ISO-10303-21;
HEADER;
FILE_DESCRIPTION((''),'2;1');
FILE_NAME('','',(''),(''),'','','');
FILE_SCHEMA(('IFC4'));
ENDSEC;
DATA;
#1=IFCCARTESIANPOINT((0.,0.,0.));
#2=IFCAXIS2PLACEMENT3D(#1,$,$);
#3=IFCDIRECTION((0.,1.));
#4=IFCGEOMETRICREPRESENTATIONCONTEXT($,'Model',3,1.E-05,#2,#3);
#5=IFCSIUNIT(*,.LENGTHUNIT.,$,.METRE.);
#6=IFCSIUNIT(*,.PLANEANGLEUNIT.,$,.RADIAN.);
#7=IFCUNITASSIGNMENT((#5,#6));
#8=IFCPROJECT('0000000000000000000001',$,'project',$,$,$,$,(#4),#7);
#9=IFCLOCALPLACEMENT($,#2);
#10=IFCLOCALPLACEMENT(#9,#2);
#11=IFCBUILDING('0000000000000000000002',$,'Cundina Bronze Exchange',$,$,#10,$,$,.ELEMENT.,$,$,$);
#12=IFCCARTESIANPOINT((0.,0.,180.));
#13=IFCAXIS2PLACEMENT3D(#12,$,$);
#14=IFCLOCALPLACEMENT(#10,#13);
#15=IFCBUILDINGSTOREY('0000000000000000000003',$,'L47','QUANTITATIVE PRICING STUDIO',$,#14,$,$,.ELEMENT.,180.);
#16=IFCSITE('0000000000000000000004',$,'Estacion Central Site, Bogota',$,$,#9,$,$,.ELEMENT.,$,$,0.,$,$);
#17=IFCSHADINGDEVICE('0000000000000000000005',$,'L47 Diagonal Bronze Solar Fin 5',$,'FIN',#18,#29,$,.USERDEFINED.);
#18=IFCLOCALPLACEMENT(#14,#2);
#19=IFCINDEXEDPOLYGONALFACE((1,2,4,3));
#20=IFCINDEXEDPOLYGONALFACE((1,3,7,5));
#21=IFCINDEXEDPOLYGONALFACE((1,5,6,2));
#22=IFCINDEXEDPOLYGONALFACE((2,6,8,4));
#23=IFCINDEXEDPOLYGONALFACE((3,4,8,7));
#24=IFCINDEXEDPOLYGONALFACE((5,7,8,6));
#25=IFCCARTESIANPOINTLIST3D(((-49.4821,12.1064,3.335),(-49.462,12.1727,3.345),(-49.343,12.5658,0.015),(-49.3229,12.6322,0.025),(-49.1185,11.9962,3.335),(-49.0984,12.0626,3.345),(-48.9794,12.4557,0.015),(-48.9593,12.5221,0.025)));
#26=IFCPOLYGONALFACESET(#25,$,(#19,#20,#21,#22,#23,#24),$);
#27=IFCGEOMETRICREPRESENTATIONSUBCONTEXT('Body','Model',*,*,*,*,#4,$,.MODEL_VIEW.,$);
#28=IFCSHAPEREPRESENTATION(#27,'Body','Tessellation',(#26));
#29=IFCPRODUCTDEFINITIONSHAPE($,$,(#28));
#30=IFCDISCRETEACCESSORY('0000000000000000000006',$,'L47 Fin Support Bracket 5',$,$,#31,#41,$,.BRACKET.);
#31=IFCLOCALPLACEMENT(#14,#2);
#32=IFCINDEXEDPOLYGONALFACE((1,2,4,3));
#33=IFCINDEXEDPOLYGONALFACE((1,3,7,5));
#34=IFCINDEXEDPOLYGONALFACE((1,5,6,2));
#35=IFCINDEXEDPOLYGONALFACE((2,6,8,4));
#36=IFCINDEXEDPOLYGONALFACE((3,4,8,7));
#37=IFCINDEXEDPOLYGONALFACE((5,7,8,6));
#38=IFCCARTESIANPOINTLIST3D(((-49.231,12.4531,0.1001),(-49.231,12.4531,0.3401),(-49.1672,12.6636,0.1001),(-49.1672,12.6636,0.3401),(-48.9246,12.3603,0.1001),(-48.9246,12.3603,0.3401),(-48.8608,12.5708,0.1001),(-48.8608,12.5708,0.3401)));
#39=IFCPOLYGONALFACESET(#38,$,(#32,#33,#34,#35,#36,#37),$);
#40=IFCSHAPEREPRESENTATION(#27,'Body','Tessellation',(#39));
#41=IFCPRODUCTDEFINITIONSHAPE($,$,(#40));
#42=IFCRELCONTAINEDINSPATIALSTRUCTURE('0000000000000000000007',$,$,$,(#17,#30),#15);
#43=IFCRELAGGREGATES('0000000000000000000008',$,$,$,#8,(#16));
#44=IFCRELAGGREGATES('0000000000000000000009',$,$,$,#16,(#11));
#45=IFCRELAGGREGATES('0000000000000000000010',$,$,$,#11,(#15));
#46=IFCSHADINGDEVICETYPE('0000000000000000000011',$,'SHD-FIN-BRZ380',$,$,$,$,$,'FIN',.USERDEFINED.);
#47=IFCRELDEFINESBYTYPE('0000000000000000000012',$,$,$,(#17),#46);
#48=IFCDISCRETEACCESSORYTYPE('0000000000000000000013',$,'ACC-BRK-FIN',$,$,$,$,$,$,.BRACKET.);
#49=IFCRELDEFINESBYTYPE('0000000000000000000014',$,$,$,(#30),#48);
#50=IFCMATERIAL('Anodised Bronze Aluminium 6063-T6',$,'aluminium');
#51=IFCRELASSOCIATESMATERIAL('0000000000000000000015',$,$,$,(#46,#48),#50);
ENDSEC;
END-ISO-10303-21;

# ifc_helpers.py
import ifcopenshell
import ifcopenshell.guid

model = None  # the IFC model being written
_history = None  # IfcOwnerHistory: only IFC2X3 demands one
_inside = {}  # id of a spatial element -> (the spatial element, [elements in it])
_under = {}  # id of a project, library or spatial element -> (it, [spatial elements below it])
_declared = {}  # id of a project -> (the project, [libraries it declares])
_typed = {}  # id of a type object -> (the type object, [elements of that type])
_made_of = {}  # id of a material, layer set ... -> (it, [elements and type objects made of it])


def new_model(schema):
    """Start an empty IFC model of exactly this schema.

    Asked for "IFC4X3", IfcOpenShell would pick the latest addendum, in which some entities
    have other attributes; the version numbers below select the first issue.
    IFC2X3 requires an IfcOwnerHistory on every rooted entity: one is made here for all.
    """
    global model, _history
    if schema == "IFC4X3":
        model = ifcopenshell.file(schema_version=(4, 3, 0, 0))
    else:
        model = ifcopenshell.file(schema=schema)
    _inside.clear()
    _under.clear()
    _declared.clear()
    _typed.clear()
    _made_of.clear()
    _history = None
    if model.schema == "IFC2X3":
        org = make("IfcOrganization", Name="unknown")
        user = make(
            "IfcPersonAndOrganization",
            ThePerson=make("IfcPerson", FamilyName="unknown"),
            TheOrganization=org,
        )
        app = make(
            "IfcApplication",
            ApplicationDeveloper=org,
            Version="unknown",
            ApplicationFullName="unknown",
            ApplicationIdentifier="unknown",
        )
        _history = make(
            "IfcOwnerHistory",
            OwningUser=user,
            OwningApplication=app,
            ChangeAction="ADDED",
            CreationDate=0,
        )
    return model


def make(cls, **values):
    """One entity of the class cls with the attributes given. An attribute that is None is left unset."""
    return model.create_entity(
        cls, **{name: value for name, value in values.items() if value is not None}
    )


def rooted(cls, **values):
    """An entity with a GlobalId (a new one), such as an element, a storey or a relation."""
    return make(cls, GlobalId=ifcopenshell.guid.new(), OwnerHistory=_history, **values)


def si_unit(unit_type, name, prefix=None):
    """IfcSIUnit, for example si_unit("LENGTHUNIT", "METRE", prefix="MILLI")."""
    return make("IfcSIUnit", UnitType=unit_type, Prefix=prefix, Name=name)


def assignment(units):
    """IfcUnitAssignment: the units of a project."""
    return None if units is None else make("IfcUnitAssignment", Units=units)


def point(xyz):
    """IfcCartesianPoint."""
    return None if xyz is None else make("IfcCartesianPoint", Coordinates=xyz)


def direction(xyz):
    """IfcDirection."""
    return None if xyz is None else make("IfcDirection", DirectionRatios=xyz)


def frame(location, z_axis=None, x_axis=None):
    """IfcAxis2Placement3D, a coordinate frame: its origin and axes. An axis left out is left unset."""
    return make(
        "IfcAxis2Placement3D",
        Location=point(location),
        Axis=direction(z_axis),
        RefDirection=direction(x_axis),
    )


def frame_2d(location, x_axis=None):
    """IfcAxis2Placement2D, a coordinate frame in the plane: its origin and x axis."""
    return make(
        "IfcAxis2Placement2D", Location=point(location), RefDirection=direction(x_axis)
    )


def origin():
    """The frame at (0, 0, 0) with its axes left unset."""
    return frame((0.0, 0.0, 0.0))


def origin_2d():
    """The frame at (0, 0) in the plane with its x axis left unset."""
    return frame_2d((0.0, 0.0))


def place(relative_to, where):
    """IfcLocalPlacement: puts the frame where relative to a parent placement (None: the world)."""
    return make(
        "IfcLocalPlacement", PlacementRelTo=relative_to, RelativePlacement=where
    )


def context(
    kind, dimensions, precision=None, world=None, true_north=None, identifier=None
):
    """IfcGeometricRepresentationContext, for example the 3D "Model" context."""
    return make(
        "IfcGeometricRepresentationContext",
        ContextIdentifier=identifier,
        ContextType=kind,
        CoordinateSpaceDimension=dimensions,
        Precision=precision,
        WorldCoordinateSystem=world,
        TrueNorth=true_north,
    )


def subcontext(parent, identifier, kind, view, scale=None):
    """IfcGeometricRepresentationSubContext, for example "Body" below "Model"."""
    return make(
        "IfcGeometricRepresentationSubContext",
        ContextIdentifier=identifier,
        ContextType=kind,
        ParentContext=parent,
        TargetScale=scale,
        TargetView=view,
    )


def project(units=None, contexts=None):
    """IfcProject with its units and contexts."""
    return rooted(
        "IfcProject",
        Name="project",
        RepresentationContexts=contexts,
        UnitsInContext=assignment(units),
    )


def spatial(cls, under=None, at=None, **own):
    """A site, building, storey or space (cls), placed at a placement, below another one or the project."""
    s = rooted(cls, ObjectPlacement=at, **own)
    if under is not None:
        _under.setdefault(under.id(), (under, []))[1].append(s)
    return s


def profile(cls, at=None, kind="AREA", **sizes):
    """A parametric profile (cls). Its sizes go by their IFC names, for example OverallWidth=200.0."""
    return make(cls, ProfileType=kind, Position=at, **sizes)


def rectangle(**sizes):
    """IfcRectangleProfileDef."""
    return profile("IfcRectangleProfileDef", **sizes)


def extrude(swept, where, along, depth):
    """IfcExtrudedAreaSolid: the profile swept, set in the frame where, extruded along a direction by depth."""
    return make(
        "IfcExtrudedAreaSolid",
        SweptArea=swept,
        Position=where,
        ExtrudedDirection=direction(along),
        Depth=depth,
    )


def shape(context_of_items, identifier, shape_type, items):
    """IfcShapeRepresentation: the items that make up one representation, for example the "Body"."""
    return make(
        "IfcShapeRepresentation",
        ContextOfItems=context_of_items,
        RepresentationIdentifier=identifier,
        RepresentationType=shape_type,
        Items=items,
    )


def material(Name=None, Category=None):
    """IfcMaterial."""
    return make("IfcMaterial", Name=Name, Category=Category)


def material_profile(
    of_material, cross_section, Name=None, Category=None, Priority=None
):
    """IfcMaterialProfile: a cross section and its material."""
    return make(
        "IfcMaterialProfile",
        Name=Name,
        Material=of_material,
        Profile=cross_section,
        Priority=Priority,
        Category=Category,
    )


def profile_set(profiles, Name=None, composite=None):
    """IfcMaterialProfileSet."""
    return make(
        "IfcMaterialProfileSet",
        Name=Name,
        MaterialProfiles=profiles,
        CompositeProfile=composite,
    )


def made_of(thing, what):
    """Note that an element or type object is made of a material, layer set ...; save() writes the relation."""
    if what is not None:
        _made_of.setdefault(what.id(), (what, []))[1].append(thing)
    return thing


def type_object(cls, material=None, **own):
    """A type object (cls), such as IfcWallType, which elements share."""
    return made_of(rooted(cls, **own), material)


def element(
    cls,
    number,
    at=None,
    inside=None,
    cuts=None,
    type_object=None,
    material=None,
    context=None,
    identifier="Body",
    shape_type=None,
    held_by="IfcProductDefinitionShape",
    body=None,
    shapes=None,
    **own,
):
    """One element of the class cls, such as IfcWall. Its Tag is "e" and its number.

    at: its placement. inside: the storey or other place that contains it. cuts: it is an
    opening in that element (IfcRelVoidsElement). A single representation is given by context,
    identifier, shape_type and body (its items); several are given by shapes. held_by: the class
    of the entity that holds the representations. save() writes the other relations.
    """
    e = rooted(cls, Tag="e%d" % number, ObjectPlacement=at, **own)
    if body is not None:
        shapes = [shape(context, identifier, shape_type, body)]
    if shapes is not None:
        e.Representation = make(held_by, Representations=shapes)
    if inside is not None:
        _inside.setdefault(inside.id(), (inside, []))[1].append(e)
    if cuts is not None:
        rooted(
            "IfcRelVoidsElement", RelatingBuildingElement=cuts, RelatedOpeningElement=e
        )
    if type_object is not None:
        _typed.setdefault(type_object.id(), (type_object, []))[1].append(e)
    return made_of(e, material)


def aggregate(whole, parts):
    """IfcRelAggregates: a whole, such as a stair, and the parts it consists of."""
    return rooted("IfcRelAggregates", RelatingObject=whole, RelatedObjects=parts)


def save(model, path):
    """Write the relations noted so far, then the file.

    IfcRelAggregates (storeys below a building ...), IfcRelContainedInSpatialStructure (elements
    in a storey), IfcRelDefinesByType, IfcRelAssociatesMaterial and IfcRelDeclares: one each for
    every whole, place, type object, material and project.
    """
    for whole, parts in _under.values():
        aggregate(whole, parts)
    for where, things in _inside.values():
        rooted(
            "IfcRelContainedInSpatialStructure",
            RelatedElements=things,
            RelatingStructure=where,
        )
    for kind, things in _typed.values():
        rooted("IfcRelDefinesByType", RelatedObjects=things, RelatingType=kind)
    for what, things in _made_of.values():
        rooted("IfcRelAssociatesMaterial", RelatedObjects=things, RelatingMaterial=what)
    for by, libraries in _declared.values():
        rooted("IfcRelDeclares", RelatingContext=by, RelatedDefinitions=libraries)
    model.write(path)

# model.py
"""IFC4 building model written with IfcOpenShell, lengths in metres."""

from ifc_helpers import new_model, si_unit, direction, frame, origin, origin_2d, place, context, subcontext, project, spatial, rectangle, extrude, material, material_profile, profile_set, type_object, element, save


model = new_model("IFC4")

# Units and contexts
model_context = context("Model", 3, precision=1e-05, world=origin(), true_north=direction((0.0, 1.0)))
body_context = subcontext(model_context, "Body", "Model", "MODEL_VIEW")
ifc_project = project(units=[si_unit("LENGTHUNIT", "METRE"), si_unit("PLANEANGLEUNIT", "RADIAN")], contexts=[model_context])

# Site, building, storey
site_placement = place(None, origin())
site = spatial("IfcSite", under=ifc_project, at=site_placement, Name="Estacion Central Site, Bogota", CompositionType="ELEMENT", RefElevation=0.0)
building_placement = place(site_placement, origin())
building = spatial("IfcBuilding", under=site, at=building_placement, Name="Cundina Bronze Exchange", CompositionType="ELEMENT")
storey_placement = place(building_placement, frame((0.0, 0.0, 180.0)))
storey = spatial("IfcBuildingStorey", under=building, at=storey_placement, Name="L47", Description="QUANTITATIVE PRICING STUDIO", CompositionType="ELEMENT", Elevation=180.0)

# Shared definitions
ifc_material_1 = material(Name="Anodised Bronze Aluminium 6063-T6", Category="aluminium")

# Shading device
ifc_material_profile_1 = material_profile(ifc_material_1, rectangle(XDim=0.0701, YDim=0.3799, at=origin_2d()), Name="FIN70X380", Category="aluminium")
ifc_profile_set_1 = profile_set([ifc_material_profile_1], Name="Anodised Bronze Aluminium 6063-T6")
shading_device_type = type_object("IfcShadingDeviceType", Name="SHD-FIN-BRZ380", ElementType="FIN", PredefinedType="USERDEFINED", material=ifc_profile_set_1)
shading_device_placement = place(storey_placement, frame((-49.1511, 12.5439, 0.02), z_axis=(-0.041483, -0.136968, 0.989706), x_axis=(0.286883, 0.947216, 0.143112)))
element("IfcShadingDevice", 1, at=shading_device_placement, inside=storey, type_object=shading_device_type, Name="L47 Diagonal Bronze Solar Fin 5", ObjectType="FIN", PredefinedType="USERDEFINED", context=body_context, shape_type="SweptSolid", body=[
    extrude(rectangle(XDim=0.0701, YDim=0.3799, at=origin_2d()), origin(), (0.0, 0.0, 1.0), 3.3545),
])

# Discrete accessory
discrete_accessory_type = type_object("IfcDiscreteAccessoryType", Name="ACC-BRK-FIN", PredefinedType="BRACKET", material=ifc_material_1)
discrete_accessory_placement = place(storey_placement, frame((-49.0459, 12.512, 0.1001), z_axis=(0.0, 0.0, 1.0), x_axis=(-0.290051, -0.957011, 0.0)))
element("IfcDiscreteAccessory", 2, at=discrete_accessory_placement, inside=storey, type_object=discrete_accessory_type, Name="L47 Fin Support Bracket 5", PredefinedType="BRACKET", context=body_context, shape_type="SweptSolid", body=[
    extrude(rectangle(XDim=0.22, YDim=0.3201, at=origin_2d()), origin(), (0.0, 0.0, 1.0), 0.24),
])

save(model, "model.ifc")
